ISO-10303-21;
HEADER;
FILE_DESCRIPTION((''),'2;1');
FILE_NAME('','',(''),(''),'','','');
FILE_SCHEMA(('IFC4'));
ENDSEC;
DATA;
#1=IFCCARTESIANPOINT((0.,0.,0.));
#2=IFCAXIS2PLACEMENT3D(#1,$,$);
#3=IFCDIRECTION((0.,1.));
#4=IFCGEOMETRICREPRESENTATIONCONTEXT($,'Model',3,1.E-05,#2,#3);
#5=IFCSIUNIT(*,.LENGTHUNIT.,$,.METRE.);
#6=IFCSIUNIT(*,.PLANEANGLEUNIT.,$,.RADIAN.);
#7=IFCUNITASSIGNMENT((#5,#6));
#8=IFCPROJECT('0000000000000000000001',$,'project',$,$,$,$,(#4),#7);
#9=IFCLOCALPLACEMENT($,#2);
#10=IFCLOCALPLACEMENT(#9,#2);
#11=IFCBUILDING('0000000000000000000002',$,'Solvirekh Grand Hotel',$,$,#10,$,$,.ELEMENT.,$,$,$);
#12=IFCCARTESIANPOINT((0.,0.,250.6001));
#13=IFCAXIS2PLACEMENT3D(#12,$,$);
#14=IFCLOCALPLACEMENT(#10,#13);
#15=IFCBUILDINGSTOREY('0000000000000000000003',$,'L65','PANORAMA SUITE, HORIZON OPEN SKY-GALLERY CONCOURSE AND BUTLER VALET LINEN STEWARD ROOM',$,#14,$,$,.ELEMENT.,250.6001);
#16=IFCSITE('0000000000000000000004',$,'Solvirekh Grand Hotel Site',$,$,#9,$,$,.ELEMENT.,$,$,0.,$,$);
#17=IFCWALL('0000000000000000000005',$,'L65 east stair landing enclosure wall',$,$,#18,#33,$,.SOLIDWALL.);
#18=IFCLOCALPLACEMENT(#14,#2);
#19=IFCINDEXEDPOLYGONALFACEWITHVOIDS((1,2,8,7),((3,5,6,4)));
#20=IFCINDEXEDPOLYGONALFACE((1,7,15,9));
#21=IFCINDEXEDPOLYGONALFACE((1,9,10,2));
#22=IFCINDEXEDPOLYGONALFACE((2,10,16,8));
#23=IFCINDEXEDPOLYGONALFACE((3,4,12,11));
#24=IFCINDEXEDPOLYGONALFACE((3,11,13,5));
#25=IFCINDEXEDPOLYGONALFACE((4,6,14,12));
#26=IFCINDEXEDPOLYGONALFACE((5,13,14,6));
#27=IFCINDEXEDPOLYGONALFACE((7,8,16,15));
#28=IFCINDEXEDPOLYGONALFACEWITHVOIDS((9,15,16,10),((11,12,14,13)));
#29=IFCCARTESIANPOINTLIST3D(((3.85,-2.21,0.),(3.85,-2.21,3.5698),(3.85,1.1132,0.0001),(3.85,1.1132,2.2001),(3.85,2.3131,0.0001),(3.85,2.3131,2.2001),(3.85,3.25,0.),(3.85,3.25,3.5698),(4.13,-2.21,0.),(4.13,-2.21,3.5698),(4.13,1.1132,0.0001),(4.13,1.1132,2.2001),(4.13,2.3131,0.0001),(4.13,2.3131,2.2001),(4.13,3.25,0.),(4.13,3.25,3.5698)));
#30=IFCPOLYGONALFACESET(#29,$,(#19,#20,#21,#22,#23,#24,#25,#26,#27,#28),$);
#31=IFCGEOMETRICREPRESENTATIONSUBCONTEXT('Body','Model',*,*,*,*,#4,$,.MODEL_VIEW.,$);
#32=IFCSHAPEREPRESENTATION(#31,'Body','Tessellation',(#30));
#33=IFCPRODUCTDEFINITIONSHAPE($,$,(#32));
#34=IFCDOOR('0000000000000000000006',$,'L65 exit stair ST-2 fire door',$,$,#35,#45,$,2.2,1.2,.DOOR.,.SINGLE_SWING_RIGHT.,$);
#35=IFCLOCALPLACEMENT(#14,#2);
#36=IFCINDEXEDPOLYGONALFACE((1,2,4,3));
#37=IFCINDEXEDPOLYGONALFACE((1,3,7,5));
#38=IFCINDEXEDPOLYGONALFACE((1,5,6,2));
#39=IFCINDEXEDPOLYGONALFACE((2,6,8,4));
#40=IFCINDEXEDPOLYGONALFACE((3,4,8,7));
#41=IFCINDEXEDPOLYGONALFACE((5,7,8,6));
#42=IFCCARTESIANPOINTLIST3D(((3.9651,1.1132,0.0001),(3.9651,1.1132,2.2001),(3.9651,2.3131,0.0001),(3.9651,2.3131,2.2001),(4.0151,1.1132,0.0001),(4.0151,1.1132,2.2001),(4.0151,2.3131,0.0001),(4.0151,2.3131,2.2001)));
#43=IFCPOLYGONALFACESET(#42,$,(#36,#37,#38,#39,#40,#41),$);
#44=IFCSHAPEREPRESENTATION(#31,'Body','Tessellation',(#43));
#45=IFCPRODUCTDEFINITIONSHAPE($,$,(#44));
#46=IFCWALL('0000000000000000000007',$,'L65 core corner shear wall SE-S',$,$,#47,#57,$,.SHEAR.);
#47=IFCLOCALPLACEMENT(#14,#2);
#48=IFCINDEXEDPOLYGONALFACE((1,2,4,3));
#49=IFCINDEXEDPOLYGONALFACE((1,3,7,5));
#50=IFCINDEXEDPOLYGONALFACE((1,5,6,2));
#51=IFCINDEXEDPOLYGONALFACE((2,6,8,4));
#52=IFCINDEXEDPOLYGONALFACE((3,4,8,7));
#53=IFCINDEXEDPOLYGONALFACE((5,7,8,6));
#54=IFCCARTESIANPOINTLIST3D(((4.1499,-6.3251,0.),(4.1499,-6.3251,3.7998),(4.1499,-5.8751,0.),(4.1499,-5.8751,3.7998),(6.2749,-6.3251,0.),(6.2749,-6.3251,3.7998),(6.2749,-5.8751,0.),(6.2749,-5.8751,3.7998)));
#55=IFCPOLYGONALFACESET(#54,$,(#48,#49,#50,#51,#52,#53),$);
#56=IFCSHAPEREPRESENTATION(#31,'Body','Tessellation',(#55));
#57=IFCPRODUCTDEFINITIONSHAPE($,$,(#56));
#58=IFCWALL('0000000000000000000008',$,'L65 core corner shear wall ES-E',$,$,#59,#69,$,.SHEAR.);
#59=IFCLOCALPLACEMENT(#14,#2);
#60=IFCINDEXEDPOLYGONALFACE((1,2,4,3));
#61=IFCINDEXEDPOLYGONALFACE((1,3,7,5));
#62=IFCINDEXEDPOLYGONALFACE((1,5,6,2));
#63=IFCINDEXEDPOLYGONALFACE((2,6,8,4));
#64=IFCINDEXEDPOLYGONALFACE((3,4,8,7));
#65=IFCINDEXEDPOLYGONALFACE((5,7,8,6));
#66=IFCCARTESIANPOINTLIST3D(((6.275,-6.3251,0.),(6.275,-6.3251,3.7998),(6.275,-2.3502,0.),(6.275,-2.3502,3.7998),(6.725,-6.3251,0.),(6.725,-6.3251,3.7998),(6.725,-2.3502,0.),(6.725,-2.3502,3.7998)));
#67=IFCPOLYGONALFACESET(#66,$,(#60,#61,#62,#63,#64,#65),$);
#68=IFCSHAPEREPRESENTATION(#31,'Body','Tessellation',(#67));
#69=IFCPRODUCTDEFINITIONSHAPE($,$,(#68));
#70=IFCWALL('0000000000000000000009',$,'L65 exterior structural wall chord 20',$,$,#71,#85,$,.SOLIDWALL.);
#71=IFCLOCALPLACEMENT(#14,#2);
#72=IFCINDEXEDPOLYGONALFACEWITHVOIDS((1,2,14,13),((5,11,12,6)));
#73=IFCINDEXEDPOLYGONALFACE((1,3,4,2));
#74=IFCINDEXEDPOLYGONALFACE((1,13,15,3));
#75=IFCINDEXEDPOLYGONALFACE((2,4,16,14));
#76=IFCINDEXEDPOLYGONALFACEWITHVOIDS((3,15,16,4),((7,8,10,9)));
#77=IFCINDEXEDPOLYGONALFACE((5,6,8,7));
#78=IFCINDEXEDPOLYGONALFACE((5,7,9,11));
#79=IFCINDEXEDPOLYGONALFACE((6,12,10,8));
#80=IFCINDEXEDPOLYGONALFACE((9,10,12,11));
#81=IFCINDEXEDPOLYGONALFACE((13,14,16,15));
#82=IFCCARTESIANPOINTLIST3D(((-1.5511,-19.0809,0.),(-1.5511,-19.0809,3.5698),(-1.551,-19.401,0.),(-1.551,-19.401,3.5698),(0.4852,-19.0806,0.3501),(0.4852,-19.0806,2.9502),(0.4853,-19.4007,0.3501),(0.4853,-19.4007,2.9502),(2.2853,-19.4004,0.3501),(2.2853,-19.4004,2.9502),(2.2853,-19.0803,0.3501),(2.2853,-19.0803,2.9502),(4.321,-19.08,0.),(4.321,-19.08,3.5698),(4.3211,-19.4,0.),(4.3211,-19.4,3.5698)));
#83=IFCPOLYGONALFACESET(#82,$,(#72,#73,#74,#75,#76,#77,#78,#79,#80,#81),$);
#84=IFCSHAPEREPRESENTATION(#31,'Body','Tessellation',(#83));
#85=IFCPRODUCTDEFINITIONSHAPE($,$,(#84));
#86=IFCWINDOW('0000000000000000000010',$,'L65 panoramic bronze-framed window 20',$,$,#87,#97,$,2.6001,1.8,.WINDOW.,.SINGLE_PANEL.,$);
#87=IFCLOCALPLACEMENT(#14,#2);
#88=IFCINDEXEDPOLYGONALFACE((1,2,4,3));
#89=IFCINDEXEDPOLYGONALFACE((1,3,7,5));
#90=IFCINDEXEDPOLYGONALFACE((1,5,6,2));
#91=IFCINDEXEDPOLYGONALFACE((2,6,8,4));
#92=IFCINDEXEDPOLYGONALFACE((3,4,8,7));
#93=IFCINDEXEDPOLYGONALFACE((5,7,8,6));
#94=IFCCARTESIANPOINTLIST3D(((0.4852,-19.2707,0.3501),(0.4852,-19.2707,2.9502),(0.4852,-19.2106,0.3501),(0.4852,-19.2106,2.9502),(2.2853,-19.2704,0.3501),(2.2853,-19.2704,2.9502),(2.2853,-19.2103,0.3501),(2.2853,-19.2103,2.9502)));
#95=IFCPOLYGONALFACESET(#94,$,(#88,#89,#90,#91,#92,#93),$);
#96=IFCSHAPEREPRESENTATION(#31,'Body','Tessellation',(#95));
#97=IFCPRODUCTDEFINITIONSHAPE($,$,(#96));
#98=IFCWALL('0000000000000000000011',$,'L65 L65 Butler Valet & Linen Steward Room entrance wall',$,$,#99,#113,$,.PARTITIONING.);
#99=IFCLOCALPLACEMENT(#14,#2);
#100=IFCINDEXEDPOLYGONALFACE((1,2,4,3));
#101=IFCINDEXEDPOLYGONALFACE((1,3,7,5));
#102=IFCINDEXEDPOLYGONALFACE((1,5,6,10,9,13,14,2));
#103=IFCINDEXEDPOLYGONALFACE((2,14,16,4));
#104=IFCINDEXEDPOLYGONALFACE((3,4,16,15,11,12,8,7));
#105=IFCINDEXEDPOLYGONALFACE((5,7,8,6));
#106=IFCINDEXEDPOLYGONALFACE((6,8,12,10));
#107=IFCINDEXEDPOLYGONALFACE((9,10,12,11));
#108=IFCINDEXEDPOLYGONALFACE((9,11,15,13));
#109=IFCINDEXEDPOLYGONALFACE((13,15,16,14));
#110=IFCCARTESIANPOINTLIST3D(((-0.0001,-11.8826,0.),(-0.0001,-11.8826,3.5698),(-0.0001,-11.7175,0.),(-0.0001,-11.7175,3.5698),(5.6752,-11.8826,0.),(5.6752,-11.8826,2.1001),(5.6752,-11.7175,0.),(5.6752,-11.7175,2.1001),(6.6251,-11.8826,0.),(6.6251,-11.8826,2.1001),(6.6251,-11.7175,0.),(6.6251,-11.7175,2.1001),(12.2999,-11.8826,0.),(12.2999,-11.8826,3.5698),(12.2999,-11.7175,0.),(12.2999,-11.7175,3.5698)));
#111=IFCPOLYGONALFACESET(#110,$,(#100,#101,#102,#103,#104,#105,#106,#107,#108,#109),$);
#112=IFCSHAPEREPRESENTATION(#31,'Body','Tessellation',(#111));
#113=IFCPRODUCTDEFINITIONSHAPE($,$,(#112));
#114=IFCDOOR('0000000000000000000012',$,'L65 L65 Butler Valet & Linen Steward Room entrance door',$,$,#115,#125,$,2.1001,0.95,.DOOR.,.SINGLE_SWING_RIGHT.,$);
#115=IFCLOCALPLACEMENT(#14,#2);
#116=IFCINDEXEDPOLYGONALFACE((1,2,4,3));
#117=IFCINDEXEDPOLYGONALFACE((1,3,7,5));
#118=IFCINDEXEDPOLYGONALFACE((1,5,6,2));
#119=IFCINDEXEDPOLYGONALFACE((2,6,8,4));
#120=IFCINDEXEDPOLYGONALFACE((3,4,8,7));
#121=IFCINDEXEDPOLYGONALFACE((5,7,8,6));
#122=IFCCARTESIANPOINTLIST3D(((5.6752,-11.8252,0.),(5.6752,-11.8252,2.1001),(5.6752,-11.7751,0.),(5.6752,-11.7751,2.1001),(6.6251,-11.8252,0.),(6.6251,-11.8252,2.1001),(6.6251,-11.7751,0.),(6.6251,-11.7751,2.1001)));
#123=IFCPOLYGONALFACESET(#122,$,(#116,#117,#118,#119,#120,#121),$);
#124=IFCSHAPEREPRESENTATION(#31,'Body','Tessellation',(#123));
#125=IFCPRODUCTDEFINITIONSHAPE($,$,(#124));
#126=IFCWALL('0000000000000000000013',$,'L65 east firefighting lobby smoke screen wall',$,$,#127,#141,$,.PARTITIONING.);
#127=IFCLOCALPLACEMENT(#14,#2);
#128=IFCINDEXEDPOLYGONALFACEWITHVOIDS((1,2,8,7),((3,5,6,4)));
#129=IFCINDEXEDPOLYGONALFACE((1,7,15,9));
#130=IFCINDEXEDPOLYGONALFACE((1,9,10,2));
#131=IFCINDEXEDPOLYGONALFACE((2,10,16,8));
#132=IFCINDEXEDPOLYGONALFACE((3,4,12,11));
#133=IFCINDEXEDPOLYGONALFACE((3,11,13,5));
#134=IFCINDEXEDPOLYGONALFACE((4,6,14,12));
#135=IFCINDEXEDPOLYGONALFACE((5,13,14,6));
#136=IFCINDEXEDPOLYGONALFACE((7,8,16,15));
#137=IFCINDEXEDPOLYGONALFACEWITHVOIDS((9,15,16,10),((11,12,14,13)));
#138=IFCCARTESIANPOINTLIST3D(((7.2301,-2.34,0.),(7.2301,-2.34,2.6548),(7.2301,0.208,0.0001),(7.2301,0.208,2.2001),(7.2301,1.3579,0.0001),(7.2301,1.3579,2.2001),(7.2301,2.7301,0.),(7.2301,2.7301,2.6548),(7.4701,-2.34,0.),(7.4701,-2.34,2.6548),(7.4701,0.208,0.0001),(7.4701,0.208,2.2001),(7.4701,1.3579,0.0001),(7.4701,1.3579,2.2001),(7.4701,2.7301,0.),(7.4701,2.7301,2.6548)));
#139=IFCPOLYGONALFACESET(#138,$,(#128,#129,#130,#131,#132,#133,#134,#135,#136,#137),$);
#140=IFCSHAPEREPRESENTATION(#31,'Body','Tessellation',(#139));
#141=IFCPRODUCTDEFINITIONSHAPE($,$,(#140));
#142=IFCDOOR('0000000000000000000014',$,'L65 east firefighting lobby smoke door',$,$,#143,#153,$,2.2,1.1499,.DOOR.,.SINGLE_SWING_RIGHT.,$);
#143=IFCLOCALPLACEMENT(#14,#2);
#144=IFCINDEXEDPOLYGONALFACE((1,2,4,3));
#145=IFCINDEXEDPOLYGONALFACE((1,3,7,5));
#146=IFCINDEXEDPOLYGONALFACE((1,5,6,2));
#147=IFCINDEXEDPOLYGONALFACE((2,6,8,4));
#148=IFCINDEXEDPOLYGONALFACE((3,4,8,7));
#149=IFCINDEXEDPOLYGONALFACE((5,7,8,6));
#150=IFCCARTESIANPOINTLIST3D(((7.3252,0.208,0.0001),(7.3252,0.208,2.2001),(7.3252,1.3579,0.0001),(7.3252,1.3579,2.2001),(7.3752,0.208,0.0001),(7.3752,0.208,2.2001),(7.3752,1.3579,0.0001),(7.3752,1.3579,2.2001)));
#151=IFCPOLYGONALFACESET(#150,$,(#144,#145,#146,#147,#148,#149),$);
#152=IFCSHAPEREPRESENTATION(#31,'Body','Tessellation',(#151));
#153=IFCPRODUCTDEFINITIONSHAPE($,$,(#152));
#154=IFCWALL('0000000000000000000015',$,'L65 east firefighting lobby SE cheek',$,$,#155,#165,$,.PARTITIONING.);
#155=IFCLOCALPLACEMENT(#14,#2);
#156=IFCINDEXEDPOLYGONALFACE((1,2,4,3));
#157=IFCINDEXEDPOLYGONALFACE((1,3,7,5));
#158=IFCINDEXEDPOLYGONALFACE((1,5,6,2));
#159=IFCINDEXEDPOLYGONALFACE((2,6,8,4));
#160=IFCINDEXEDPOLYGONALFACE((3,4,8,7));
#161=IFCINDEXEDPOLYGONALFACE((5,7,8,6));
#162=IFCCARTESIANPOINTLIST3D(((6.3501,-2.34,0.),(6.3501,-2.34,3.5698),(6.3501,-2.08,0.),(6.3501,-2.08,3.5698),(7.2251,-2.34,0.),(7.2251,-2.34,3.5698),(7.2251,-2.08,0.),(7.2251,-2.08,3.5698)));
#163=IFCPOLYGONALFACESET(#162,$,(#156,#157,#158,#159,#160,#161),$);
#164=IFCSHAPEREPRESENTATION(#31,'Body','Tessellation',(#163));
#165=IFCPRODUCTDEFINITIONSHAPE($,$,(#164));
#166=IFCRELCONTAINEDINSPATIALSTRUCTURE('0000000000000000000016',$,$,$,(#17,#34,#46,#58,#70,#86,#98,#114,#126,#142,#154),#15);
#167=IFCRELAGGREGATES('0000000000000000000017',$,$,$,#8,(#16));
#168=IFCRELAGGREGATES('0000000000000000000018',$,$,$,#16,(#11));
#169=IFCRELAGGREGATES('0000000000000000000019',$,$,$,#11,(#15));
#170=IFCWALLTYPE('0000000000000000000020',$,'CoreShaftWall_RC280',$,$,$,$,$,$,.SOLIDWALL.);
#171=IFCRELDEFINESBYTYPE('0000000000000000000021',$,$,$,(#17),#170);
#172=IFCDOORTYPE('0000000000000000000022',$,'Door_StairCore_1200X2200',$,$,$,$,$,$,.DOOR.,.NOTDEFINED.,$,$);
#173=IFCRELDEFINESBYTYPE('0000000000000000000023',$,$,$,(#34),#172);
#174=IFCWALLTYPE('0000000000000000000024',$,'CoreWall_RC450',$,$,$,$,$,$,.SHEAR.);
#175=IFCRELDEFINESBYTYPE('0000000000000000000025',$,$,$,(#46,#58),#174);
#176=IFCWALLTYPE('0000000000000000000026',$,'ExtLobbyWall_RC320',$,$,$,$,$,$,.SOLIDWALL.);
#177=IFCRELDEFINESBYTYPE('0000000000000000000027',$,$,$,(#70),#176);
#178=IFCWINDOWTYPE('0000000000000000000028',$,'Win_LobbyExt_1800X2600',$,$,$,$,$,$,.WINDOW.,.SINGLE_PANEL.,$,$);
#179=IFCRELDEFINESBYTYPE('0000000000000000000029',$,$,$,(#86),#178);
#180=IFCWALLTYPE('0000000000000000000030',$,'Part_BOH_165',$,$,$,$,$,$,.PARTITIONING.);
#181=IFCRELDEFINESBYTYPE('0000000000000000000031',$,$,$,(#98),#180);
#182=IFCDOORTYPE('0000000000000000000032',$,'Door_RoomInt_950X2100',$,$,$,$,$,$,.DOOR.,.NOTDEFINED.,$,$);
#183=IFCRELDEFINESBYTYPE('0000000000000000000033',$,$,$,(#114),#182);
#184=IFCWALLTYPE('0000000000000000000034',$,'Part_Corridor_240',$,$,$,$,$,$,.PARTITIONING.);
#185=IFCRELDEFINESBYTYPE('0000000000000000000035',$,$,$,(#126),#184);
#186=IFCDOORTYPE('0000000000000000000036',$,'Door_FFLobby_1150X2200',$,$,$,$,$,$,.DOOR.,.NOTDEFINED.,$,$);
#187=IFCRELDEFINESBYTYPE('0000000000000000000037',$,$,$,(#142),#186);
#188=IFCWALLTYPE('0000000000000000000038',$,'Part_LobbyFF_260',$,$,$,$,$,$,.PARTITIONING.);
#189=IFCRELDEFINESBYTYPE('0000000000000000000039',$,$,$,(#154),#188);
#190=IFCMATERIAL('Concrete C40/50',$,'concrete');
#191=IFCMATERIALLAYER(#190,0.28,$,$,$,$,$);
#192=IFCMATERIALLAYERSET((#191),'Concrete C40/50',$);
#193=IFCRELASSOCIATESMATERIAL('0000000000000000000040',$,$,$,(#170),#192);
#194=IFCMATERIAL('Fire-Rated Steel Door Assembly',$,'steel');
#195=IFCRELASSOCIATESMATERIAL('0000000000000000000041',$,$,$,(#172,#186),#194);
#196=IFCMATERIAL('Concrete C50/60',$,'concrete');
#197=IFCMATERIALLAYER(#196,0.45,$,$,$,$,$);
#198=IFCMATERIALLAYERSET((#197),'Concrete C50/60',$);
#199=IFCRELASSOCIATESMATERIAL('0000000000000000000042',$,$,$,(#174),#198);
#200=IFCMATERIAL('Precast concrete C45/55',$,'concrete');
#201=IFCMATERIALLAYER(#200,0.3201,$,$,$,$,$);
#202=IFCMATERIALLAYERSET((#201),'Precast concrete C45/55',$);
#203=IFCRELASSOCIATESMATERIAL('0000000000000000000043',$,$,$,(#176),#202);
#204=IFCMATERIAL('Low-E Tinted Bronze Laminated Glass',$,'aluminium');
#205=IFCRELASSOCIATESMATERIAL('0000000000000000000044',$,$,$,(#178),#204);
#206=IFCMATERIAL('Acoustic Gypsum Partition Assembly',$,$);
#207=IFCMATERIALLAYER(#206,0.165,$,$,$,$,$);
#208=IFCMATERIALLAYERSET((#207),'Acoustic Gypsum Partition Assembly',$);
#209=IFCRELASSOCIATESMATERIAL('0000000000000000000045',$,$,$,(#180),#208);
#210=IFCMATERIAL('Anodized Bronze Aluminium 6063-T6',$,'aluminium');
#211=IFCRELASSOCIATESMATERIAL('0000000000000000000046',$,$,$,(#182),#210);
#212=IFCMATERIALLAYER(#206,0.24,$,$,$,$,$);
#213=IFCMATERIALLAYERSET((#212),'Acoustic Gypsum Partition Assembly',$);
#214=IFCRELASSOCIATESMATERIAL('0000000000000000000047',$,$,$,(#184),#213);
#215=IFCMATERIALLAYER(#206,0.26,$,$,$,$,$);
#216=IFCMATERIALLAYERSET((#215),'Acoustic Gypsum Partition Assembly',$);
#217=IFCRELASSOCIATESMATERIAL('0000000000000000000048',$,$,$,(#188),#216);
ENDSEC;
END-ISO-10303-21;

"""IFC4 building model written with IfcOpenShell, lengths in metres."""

from ifc_helpers import new_model, si_unit, direction, frame, frame_2d, origin, place, context, subcontext, project, spatial, rectangle, extrude, material, layer, layer_set, type_object, element, fill, save


model = new_model("IFC4")

# Units and contexts
model_context = context("Model", 3, precision=1e-05, world=origin(), true_north=direction((0.0, 1.0)))
body_context = subcontext(model_context, "Body", "Model", "MODEL_VIEW")
ifc_project = project(units=[si_unit("LENGTHUNIT", "METRE"), si_unit("PLANEANGLEUNIT", "RADIAN")], contexts=[model_context])

# Site, building, storey
site_placement = place(None, origin())
site = spatial("IfcSite", under=ifc_project, at=site_placement, Name="Solvirekh Grand Hotel Site", CompositionType="ELEMENT", RefElevation=0.0)
building_placement = place(site_placement, origin())
building = spatial("IfcBuilding", under=site, at=building_placement, Name="Solvirekh Grand Hotel", CompositionType="ELEMENT")
storey_placement = place(building_placement, frame((0.0, 0.0, 250.6001)))
storey = spatial("IfcBuildingStorey", under=building, at=storey_placement, Name="L65", Description="PANORAMA SUITE, HORIZON OPEN SKY-GALLERY CONCOURSE AND BUTLER VALET LINEN STEWARD ROOM", CompositionType="ELEMENT", Elevation=250.6001)

# Shared definitions
ifc_material_1 = material(Name="Concrete C50/60", Category="concrete")

# Shared definitions
ifc_material_2 = material(Name="Anodized Bronze Aluminium 6063-T6", Category="aluminium")
ifc_material_3 = material(Name="Low-E Tinted Bronze Laminated Glass", Category="aluminium")

# Shared definitions
ifc_material_4 = material(Name="Concrete C40/50", Category="concrete")
ifc_layer_1 = layer(ifc_material_4, 0.28)
ifc_layer_set_1 = layer_set([ifc_layer_1], Name="Concrete C40/50")
wall_type_1 = type_object("IfcWallType", Name="CoreShaftWall_RC280", PredefinedType="SOLIDWALL", material=ifc_layer_set_1)

# Shared definitions
ifc_material_5 = material(Name="Fire-Rated Steel Door Assembly", Category="steel")

# Wall, opening, door
wall_1_placement = place(storey_placement, frame((3.99, -2.21, 0.0), z_axis=(0.0, 0.0, 1.0), x_axis=(0.0, 1.0, 0.0)))
wall_1 = element("IfcWall", 1, at=wall_1_placement, inside=storey, type_object=wall_type_1, Name="L65 east stair landing enclosure wall", PredefinedType="SOLIDWALL", context=body_context, shape_type="SweptSolid", body=[
    extrude(rectangle(XDim=5.46, YDim=0.28, at=frame_2d((2.73, 0.0))), origin(), (0.0, 0.0, 1.0), 3.5698),
])
opening_1_placement = place(wall_1_placement, frame((3.323, 0.0, 0.0)))
opening_1 = element("IfcOpeningElement", 2, at=opening_1_placement, cuts=wall_1, PredefinedType="OPENING", context=body_context, shape_type="SweptSolid", body=[
    extrude(rectangle(XDim=1.2, YDim=2.2, at=frame_2d((0.6001, 1.1001))), frame((0.0, 0.1499, 0.0), z_axis=(0.0, -1.0, 0.0), x_axis=(1.0, 0.0, 0.0)), (0.0, 0.0, 1.0), 0.3),
])
door_type_1 = type_object("IfcDoorType", Name="Door_StairCore_1200X2200", OperationType="NOTDEFINED", PredefinedType="DOOR", material=ifc_material_5)
door_1_placement = place(opening_1_placement, origin())
door_1 = element("IfcDoor", 3, at=door_1_placement, inside=storey, type_object=door_type_1, Name="L65 exit stair ST-2 fire door", OperationType="SINGLE_SWING_RIGHT", OverallHeight=2.2, OverallWidth=1.2, PredefinedType="DOOR", context=body_context, shape_type="SweptSolid", body=[
    extrude(rectangle(XDim=1.2, YDim=2.2, at=frame_2d((0.6001, 1.1001))), frame((0.0, 0.0249, 0.0), z_axis=(0.0, -1.0, 0.0), x_axis=(1.0, 0.0, 0.0)), (0.0, 0.0, 1.0), 0.05),
])
fill(opening_1, door_1)

# Walls
ifc_layer_2 = layer(ifc_material_1, 0.45)
ifc_layer_set_2 = layer_set([ifc_layer_2], Name="Concrete C50/60")
wall_type_2 = type_object("IfcWallType", Name="CoreWall_RC450", PredefinedType="SHEAR", material=ifc_layer_set_2)
wall_2_placement = place(storey_placement, frame((4.1499, -6.1001, 0.0), z_axis=(0.0, 0.0, 1.0), x_axis=(1.0, 0.0, 0.0)))
element("IfcWall", 4, at=wall_2_placement, inside=storey, type_object=wall_type_2, Name="L65 core corner shear wall SE-S", PredefinedType="SHEAR", context=body_context, shape_type="SweptSolid", body=[
    extrude(rectangle(XDim=2.125, YDim=0.45, at=frame_2d((1.0625, 0.0))), origin(), (0.0, 0.0, 1.0), 3.7998),
])
wall_3_placement = place(storey_placement, frame((6.5, -6.325, 0.0), z_axis=(0.0, 0.0, 1.0), x_axis=(0.0, 1.0, 0.0)))
element("IfcWall", 5, at=wall_3_placement, inside=storey, type_object=wall_type_2, Name="L65 core corner shear wall ES-E", PredefinedType="SHEAR", context=body_context, shape_type="SweptSolid", body=[
    extrude(rectangle(XDim=3.9749, YDim=0.45, at=frame_2d((1.9873, 0.0))), origin(), (0.0, 0.0, 1.0), 3.7998),
])

# Wall, opening, window
ifc_material_6 = material(Name="Precast concrete C45/55", Category="concrete")
ifc_layer_3 = layer(ifc_material_6, 0.3201)
ifc_layer_set_3 = layer_set([ifc_layer_3], Name="Precast concrete C45/55")
wall_type_3 = type_object("IfcWallType", Name="ExtLobbyWall_RC320", PredefinedType="SOLIDWALL", material=ifc_layer_set_3)
wall_4_placement = place(storey_placement, frame((4.321, -19.24, 0.0), z_axis=(0.0, 0.0, 1.0), x_axis=(-1.0, -0.000166, 0.0)))
wall_4 = element("IfcWall", 6, at=wall_4_placement, inside=storey, type_object=wall_type_3, Name="L65 exterior structural wall chord 20", PredefinedType="SOLIDWALL", context=body_context, shape_type="SweptSolid", body=[
    extrude(rectangle(XDim=5.8721, YDim=0.3201, at=frame_2d((2.936, 0.0))), origin(), (0.0, 0.0, 1.0), 3.5698),
])
opening_2_placement = place(wall_4_placement, frame((2.0359, 0.0, 0.3501)))
opening_2 = element("IfcOpeningElement", 7, at=opening_2_placement, cuts=wall_4, PredefinedType="OPENING", context=body_context, shape_type="SweptSolid", body=[
    extrude(rectangle(XDim=1.8, YDim=2.6001, at=frame_2d((0.8999, 1.3))), frame((0.0, 0.1699, 0.0), z_axis=(0.0, -1.0, 0.0), x_axis=(1.0, 0.0, 0.0)), (0.0, 0.0, 1.0), 0.3401),
])
window_type = type_object("IfcWindowType", Name="Win_LobbyExt_1800X2600", PartitioningType="SINGLE_PANEL", PredefinedType="WINDOW", material=ifc_material_3)
window_placement = place(opening_2_placement, origin())
window = element("IfcWindow", 8, at=window_placement, inside=storey, type_object=window_type, Name="L65 panoramic bronze-framed window 20", OverallHeight=2.6001, OverallWidth=1.8, PartitioningType="SINGLE_PANEL", PredefinedType="WINDOW", context=body_context, shape_type="SweptSolid", body=[
    extrude(rectangle(XDim=1.8, YDim=2.6001, at=frame_2d((0.8999, 1.3))), frame((0.0, 0.03, 0.0), z_axis=(0.0, -1.0, 0.0), x_axis=(1.0, 0.0, 0.0)), (0.0, 0.0, 1.0), 0.0601),
])
fill(opening_2, window)

# Walls, openings, doors
ifc_material_7 = material(Name="Acoustic Gypsum Partition Assembly")
ifc_layer_4 = layer(ifc_material_7, 0.165)
ifc_layer_set_4 = layer_set([ifc_layer_4], Name="Acoustic Gypsum Partition Assembly")
wall_type_4 = type_object("IfcWallType", Name="Part_BOH_165", PredefinedType="PARTITIONING", material=ifc_layer_set_4)
wall_5_placement = place(storey_placement, frame((0.0, -11.8, 0.0), z_axis=(0.0, 0.0, 1.0), x_axis=(1.0, 0.0, 0.0)))
wall_5 = element("IfcWall", 9, at=wall_5_placement, inside=storey, type_object=wall_type_4, Name="L65 L65 Butler Valet & Linen Steward Room entrance wall", PredefinedType="PARTITIONING", context=body_context, shape_type="SweptSolid", body=[
    extrude(rectangle(XDim=12.3, YDim=0.165, at=frame_2d((6.1499, 0.0))), origin(), (0.0, 0.0, 1.0), 3.5698),
])
opening_3_placement = place(wall_5_placement, frame((5.675, 0.0, 0.0)))
opening_3 = element("IfcOpeningElement", 10, at=opening_3_placement, cuts=wall_5, PredefinedType="OPENING", context=body_context, shape_type="SweptSolid", body=[
    extrude(rectangle(XDim=0.95, YDim=2.1001, at=frame_2d((0.4751, 1.05))), frame((0.0, 0.0925, 0.0), z_axis=(0.0, -1.0, 0.0), x_axis=(1.0, 0.0, 0.0)), (0.0, 0.0, 1.0), 0.1851),
])
door_type_2 = type_object("IfcDoorType", Name="Door_RoomInt_950X2100", OperationType="NOTDEFINED", PredefinedType="DOOR", material=ifc_material_2)
door_2_placement = place(opening_3_placement, origin())
door_2 = element("IfcDoor", 11, at=door_2_placement, inside=storey, type_object=door_type_2, Name="L65 L65 Butler Valet & Linen Steward Room entrance door", OperationType="SINGLE_SWING_RIGHT", OverallHeight=2.1001, OverallWidth=0.95, PredefinedType="DOOR", context=body_context, shape_type="SweptSolid", body=[
    extrude(rectangle(XDim=0.95, YDim=2.1001, at=frame_2d((0.4751, 1.05))), frame((0.0, 0.0249, 0.0), z_axis=(0.0, -1.0, 0.0), x_axis=(1.0, 0.0, 0.0)), (0.0, 0.0, 1.0), 0.05),
])
fill(opening_3, door_2)
ifc_layer_5 = layer(ifc_material_7, 0.24)
ifc_layer_set_5 = layer_set([ifc_layer_5], Name="Acoustic Gypsum Partition Assembly")
wall_type_5 = type_object("IfcWallType", Name="Part_Corridor_240", PredefinedType="PARTITIONING", material=ifc_layer_set_5)
wall_6_placement = place(storey_placement, frame((7.3501, -2.3401, 0.0), z_axis=(0.0, 0.0, 1.0), x_axis=(0.0, 1.0, 0.0)))
wall_6 = element("IfcWall", 12, at=wall_6_placement, inside=storey, type_object=wall_type_5, Name="L65 east firefighting lobby smoke screen wall", PredefinedType="PARTITIONING", context=body_context, shape_type="SweptSolid", body=[
    extrude(rectangle(XDim=5.0701, YDim=0.24, at=frame_2d((2.5352, 0.0))), origin(), (0.0, 0.0, 1.0), 2.6548),
])
opening_4_placement = place(wall_6_placement, frame((2.5481, 0.0, 0.0)))
opening_4 = element("IfcOpeningElement", 13, at=opening_4_placement, cuts=wall_6, PredefinedType="OPENING", context=body_context, shape_type="SweptSolid", body=[
    extrude(rectangle(XDim=1.1499, YDim=2.2, at=frame_2d((0.575, 1.1001))), frame((0.0, 0.1299, 0.0), z_axis=(0.0, -1.0, 0.0), x_axis=(1.0, 0.0, 0.0)), (0.0, 0.0, 1.0), 0.26),
])
door_type_3 = type_object("IfcDoorType", Name="Door_FFLobby_1150X2200", OperationType="NOTDEFINED", PredefinedType="DOOR", material=ifc_material_5)
door_3_placement = place(opening_4_placement, origin())
door_3 = element("IfcDoor", 14, at=door_3_placement, inside=storey, type_object=door_type_3, Name="L65 east firefighting lobby smoke door", OperationType="SINGLE_SWING_RIGHT", OverallHeight=2.2, OverallWidth=1.1499, PredefinedType="DOOR", context=body_context, shape_type="SweptSolid", body=[
    extrude(rectangle(XDim=1.1499, YDim=2.2, at=frame_2d((0.575, 1.1001))), frame((0.0, 0.0249, 0.0), z_axis=(0.0, -1.0, 0.0), x_axis=(1.0, 0.0, 0.0)), (0.0, 0.0, 1.0), 0.05),
])
fill(opening_4, door_3)

# Wall
ifc_layer_6 = layer(ifc_material_7, 0.26)
ifc_layer_set_6 = layer_set([ifc_layer_6], Name="Acoustic Gypsum Partition Assembly")
wall_type_6 = type_object("IfcWallType", Name="Part_LobbyFF_260", PredefinedType="PARTITIONING", material=ifc_layer_set_6)
wall_7_placement = place(storey_placement, frame((6.3501, -2.21, 0.0), z_axis=(0.0, 0.0, 1.0), x_axis=(1.0, 0.0, 0.0)))
element("IfcWall", 15, at=wall_7_placement, inside=storey, type_object=wall_type_6, Name="L65 east firefighting lobby SE cheek", PredefinedType="PARTITIONING", context=body_context, shape_type="SweptSolid", body=[
    extrude(rectangle(XDim=0.875, YDim=0.26, at=frame_2d((0.4375, 0.0))), origin(), (0.0, 0.0, 1.0), 3.5698),
])

save(model, "model.ifc")
